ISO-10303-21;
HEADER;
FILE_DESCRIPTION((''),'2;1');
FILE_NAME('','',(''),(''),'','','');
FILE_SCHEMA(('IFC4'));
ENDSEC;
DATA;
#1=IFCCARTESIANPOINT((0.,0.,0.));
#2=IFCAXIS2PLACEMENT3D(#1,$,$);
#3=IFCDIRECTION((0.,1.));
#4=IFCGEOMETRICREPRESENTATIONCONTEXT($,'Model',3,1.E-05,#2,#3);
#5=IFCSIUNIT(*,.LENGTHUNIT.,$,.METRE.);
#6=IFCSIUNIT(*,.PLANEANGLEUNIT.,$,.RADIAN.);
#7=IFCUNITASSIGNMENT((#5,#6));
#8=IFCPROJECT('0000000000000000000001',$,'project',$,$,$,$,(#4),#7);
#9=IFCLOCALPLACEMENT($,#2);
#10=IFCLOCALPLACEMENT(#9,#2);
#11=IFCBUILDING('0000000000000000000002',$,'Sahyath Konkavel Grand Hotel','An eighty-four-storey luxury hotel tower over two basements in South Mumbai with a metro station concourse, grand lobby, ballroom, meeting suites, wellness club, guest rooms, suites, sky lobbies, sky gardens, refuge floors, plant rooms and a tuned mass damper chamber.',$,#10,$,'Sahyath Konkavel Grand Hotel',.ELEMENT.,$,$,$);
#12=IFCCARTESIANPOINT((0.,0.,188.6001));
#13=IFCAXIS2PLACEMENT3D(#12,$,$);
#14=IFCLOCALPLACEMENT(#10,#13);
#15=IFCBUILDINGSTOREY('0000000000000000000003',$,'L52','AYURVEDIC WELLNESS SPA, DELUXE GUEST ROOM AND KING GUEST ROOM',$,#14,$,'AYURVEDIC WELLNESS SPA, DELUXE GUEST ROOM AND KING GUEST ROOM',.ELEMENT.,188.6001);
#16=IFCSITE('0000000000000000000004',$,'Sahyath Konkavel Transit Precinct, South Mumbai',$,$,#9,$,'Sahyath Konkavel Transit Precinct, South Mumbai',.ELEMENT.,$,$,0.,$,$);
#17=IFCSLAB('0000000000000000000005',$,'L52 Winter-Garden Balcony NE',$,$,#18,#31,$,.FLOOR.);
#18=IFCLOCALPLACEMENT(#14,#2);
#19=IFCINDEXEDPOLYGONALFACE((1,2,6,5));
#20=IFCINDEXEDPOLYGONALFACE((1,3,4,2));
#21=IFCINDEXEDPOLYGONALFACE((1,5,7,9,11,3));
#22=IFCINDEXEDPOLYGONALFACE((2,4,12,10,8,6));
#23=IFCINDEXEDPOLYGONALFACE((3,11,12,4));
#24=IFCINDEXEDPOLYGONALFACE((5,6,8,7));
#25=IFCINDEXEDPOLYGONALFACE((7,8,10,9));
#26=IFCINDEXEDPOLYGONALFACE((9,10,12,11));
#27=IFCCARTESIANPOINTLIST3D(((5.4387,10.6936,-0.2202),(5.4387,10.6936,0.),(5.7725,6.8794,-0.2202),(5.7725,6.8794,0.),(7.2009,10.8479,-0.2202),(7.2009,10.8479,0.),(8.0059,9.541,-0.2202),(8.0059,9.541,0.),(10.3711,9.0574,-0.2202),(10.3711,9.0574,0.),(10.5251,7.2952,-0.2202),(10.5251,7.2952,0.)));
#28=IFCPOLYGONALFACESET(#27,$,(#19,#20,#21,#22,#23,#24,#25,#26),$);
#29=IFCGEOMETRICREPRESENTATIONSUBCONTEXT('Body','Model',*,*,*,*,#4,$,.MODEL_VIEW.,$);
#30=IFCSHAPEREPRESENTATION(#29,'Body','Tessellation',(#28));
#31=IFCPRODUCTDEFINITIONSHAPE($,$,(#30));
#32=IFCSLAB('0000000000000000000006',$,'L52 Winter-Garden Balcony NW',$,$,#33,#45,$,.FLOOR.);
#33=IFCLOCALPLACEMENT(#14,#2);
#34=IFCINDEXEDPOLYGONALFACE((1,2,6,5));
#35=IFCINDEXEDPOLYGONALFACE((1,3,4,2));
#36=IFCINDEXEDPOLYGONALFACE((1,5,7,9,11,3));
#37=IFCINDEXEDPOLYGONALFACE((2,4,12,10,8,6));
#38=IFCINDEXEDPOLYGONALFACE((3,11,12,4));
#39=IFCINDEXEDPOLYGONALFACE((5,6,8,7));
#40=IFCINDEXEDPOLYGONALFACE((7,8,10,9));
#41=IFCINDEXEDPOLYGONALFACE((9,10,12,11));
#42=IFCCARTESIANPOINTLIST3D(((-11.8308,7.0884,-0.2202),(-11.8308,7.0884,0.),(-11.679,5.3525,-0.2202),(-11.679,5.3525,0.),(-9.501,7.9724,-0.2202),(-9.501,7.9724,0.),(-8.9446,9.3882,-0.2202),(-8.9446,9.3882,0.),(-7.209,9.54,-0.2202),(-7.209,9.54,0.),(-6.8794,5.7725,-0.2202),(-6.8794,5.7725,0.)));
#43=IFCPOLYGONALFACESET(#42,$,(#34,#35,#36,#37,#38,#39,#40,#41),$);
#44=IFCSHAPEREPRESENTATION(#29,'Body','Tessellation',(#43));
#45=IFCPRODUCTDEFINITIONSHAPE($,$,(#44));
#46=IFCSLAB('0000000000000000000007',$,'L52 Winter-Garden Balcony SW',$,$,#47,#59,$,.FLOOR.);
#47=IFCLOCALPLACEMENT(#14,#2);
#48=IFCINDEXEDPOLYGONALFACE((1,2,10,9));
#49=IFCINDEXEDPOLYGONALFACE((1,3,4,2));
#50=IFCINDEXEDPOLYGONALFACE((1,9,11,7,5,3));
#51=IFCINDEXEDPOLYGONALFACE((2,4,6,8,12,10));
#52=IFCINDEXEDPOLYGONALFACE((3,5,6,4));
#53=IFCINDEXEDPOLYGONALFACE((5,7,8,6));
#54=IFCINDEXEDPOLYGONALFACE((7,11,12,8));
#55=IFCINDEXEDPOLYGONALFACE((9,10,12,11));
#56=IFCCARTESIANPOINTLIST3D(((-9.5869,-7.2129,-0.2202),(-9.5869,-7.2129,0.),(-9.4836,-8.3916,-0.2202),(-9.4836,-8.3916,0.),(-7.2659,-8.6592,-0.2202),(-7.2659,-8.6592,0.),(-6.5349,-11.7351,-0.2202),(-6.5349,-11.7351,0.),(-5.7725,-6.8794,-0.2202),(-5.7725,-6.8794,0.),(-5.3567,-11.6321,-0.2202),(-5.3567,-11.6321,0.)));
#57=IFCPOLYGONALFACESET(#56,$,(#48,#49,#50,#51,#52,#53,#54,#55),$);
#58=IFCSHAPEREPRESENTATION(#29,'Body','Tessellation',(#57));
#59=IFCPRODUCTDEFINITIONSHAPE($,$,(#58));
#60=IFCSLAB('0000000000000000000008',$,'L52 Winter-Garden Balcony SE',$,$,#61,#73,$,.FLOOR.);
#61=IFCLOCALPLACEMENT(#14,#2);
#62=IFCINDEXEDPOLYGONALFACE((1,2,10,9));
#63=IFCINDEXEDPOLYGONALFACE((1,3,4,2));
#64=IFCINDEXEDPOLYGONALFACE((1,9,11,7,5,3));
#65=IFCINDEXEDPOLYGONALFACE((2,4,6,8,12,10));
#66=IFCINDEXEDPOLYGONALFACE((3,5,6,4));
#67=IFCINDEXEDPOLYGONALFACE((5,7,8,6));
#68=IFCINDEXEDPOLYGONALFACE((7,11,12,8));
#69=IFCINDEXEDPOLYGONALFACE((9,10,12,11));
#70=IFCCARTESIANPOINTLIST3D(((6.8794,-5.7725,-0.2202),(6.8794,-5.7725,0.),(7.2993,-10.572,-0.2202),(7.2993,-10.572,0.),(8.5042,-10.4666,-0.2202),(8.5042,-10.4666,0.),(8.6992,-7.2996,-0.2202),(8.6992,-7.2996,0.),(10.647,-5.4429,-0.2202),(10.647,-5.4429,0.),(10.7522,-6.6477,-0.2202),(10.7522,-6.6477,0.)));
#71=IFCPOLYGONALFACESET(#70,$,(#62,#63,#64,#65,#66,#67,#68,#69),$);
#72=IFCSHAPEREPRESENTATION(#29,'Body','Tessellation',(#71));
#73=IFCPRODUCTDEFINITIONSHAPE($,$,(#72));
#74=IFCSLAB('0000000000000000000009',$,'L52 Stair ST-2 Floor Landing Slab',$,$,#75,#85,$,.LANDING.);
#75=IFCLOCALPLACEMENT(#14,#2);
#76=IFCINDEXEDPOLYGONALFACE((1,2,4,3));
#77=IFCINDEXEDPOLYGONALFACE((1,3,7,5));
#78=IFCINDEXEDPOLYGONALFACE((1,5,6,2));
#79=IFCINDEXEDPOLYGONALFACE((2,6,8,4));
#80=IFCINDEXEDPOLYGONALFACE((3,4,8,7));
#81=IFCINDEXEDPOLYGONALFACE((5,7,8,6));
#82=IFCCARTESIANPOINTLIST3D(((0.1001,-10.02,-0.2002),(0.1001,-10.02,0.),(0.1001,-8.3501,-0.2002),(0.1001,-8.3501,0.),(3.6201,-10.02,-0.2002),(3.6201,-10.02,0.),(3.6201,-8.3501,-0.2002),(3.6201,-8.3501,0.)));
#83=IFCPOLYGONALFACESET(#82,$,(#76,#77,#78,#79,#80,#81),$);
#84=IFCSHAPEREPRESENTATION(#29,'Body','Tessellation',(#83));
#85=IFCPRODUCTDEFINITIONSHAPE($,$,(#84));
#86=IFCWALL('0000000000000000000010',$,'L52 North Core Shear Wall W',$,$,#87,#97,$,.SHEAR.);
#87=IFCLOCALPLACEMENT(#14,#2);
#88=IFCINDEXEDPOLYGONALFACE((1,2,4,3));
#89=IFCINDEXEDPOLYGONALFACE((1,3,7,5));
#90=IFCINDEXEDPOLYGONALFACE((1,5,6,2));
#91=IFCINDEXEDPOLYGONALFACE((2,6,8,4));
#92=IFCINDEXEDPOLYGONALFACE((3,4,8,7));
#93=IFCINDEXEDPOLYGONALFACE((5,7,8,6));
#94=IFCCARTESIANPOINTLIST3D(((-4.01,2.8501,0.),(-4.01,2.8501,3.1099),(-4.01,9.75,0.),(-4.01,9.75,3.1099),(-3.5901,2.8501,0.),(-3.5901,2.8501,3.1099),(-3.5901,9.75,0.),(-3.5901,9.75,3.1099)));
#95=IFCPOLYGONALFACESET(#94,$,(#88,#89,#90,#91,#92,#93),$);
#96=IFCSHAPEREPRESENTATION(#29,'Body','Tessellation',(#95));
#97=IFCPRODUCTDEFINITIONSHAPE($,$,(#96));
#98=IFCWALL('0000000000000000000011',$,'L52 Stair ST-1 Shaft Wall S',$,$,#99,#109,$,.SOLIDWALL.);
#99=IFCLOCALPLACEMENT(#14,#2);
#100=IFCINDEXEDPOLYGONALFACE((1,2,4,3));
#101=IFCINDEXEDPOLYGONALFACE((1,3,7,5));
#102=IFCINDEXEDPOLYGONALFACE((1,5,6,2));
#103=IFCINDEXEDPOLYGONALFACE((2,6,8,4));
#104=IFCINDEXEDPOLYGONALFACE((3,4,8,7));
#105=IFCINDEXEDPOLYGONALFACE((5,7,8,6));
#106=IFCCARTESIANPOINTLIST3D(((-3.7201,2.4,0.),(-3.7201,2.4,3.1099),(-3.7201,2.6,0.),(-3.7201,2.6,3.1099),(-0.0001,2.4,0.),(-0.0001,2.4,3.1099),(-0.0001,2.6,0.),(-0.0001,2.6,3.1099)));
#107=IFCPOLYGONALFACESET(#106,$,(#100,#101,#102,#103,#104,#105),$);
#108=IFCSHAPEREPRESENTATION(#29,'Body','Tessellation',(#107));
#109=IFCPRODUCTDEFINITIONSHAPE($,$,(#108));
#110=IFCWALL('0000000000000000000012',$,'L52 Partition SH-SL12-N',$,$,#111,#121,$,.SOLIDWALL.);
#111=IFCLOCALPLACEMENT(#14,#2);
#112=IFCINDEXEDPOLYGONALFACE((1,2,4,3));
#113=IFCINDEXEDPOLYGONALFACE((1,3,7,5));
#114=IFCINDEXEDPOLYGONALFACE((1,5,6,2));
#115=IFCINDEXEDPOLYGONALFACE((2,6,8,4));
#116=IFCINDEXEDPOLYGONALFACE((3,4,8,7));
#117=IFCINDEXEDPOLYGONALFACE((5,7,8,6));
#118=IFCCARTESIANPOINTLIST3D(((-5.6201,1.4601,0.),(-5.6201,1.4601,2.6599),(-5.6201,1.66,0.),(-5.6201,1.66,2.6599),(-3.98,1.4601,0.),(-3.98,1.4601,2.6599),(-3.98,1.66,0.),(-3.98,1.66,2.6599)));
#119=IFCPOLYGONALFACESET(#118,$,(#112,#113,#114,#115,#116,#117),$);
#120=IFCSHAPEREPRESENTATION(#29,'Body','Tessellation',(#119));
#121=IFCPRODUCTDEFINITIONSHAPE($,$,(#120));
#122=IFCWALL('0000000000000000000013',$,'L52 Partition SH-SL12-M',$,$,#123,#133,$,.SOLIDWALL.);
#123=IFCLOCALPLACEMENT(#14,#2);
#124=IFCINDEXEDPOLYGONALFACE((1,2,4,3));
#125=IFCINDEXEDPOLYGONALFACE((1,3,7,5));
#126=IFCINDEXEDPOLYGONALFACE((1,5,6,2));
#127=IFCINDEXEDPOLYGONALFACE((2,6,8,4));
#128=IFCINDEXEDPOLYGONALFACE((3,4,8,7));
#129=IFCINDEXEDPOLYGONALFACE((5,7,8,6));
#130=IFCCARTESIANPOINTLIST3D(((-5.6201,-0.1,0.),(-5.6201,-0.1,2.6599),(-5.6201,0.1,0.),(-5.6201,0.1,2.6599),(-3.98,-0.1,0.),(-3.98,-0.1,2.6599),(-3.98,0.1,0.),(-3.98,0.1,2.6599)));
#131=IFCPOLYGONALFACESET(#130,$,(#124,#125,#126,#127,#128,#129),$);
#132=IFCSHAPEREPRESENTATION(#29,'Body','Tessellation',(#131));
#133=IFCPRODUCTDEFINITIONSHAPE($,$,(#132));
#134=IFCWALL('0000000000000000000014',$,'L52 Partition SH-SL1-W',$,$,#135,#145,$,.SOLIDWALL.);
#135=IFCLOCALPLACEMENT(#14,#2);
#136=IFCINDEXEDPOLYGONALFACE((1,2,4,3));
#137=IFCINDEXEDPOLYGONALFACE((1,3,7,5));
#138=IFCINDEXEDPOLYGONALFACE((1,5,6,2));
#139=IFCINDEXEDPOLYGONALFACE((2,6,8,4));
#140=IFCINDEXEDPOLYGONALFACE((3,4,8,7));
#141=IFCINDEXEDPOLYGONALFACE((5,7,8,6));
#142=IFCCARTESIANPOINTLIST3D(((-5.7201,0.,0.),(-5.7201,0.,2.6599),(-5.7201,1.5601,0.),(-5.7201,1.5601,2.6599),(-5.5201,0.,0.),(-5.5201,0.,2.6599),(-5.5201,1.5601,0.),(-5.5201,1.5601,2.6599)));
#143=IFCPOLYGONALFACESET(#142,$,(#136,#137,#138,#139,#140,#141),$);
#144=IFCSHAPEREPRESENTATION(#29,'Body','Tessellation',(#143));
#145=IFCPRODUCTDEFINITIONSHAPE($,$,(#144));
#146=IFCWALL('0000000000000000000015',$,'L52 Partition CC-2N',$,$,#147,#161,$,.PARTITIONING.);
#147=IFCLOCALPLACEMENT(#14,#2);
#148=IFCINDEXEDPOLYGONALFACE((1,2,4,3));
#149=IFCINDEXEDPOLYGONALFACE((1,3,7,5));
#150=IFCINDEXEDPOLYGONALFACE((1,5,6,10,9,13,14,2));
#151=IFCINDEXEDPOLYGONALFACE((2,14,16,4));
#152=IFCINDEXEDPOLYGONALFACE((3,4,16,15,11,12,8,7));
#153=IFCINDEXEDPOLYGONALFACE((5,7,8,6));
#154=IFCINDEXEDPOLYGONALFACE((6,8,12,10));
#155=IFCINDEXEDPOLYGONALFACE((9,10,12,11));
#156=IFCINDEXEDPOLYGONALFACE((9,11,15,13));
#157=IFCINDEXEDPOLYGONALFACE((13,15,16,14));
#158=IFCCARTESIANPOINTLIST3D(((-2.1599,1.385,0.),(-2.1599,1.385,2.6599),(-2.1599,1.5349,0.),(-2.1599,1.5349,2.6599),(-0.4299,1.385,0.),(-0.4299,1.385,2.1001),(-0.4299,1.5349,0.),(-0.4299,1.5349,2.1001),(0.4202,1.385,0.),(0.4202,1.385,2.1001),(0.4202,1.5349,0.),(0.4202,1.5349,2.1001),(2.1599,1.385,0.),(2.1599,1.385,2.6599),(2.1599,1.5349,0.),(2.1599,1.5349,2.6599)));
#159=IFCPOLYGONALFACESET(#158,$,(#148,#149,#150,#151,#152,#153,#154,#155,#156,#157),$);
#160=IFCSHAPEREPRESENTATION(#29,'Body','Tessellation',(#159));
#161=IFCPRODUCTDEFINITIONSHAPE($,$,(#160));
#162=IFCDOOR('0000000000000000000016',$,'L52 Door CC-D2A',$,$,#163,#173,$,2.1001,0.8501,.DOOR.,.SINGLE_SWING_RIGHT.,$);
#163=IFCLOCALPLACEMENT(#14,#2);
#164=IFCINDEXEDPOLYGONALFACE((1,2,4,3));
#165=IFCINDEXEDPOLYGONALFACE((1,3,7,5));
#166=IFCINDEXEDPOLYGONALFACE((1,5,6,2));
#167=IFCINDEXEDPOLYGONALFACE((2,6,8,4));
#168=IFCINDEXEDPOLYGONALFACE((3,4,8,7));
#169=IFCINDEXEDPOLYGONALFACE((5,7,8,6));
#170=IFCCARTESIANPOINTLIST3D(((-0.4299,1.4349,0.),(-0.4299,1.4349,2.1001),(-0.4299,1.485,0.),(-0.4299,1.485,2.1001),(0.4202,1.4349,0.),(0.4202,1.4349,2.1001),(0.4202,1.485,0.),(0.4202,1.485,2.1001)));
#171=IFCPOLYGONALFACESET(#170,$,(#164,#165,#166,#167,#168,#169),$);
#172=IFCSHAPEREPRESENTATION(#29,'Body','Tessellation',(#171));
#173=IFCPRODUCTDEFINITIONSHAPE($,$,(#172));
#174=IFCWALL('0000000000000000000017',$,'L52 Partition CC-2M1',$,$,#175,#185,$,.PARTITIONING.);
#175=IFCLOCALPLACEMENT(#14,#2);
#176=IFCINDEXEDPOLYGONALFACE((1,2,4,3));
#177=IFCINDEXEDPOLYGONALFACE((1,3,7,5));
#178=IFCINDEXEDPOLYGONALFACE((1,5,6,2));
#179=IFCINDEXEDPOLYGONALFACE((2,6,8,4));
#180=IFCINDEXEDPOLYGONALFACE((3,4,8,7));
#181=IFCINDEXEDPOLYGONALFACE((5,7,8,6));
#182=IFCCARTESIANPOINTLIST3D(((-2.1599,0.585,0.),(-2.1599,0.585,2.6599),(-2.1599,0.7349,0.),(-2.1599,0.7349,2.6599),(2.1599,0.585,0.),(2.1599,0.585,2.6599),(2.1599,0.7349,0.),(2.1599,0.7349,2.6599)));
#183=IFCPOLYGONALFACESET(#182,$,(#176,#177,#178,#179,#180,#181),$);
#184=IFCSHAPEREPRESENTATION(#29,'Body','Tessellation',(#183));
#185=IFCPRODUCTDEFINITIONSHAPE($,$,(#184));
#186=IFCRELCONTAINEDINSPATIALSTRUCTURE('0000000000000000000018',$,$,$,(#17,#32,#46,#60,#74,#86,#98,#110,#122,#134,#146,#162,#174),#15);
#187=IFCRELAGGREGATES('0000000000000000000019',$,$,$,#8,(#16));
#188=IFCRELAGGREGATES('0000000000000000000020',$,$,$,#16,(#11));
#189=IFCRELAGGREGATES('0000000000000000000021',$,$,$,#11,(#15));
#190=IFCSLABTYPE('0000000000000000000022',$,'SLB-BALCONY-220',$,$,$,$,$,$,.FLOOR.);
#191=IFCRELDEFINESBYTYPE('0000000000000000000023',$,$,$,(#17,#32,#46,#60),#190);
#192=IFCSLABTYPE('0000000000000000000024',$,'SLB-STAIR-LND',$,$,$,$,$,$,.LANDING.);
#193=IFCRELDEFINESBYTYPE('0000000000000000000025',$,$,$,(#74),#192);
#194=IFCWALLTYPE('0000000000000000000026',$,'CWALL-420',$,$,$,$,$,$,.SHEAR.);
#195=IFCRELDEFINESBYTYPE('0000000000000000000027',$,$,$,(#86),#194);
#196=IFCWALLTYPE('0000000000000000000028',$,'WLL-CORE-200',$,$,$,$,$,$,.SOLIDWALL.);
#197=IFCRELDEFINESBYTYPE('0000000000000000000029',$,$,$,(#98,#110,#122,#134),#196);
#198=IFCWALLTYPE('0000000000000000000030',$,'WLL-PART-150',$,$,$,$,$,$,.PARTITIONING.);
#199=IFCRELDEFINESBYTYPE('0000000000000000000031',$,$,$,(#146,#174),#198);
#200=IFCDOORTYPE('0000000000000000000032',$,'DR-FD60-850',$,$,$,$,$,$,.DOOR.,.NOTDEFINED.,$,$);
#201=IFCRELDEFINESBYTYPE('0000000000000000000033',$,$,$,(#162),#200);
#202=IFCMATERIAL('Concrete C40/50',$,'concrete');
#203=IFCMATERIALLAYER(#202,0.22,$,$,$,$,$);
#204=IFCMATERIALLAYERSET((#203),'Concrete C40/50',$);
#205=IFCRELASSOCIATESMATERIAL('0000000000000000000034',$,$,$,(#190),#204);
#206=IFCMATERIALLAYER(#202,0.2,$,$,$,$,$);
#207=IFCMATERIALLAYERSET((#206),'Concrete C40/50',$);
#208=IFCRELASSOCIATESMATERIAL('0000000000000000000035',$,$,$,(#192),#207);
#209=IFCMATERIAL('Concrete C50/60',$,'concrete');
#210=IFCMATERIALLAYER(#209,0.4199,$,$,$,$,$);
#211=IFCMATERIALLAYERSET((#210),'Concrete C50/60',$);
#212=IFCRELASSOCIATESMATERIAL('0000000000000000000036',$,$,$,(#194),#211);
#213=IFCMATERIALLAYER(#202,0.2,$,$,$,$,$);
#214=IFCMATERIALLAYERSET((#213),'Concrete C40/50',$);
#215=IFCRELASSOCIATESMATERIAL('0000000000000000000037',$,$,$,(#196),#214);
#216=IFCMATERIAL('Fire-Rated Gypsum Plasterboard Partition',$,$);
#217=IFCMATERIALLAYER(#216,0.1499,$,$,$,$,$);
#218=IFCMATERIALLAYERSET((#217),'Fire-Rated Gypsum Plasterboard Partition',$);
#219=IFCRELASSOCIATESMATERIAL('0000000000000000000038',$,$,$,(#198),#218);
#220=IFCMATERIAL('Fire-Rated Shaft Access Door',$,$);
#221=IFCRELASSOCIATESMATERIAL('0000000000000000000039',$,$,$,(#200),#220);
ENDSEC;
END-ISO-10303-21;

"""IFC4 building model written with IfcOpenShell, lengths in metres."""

from ifc_helpers import new_model, si_unit, direction, frame, frame_2d, origin, origin_2d, place, context, subcontext, project, spatial, polyline, rectangle, outline, extrude, source, transform, mapped, material, layer, layer_set, type_object, element, fill, save


model = new_model("IFC4")

# Units and contexts
model_context = context("Model", 3, precision=1e-05, world=origin(), true_north=direction((0.0, 1.0)))
body_context = subcontext(model_context, "Body", "Model", "MODEL_VIEW")
ifc_project = project(units=[si_unit("LENGTHUNIT", "METRE"), si_unit("PLANEANGLEUNIT", "RADIAN")], contexts=[model_context])

# Site, building, storey
site_placement = place(None, origin())
site = spatial("IfcSite", under=ifc_project, at=site_placement, Name="Sahyath Konkavel Transit Precinct, South Mumbai", LongName="Sahyath Konkavel Transit Precinct, South Mumbai", CompositionType="ELEMENT", RefElevation=0.0)
building_placement = place(site_placement, origin())
building = spatial("IfcBuilding", under=site, at=building_placement, Name="Sahyath Konkavel Grand Hotel", Description="An eighty-four-storey luxury hotel tower over two basements in South Mumbai with a metro station concourse, grand lobby, ballroom, meeting suites, wellness club, guest rooms, suites, sky lobbies, sky gardens, refuge floors, plant rooms and a tuned mass damper chamber.", LongName="Sahyath Konkavel Grand Hotel", CompositionType="ELEMENT")
storey_placement = place(building_placement, frame((0.0, 0.0, 188.6001)))
storey = spatial("IfcBuildingStorey", under=building, at=storey_placement, Name="L52", Description="AYURVEDIC WELLNESS SPA, DELUXE GUEST ROOM AND KING GUEST ROOM", LongName="AYURVEDIC WELLNESS SPA, DELUXE GUEST ROOM AND KING GUEST ROOM", CompositionType="ELEMENT", Elevation=188.6001)

# Shared definitions
ifc_material_1 = material(Name="Concrete C50/60", Category="concrete")

# Slabs
ifc_material_2 = material(Name="Concrete C40/50", Category="concrete")
ifc_layer_1 = layer(ifc_material_2, 0.22)
ifc_layer_set_1 = layer_set([ifc_layer_1], Name="Concrete C40/50")
slab_type_1 = type_object("IfcSlabType", Name="SLB-BALCONY-220", PredefinedType="FLOOR", material=ifc_layer_set_1)
slab_1_placement = place(storey_placement, frame((0.0, 0.0, -0.2202)))
element("IfcSlab", 1, at=slab_1_placement, inside=storey, type_object=slab_type_1, Name="L52 Winter-Garden Balcony NE", PredefinedType="FLOOR", context=body_context, shape_type="SweptSolid", body=[
    extrude(outline(polyline([(5.7725, 6.8794), (10.5251, 7.2952), (10.3711, 9.0574), (8.0059, 9.541), (7.2009, 10.8479), (5.4387, 10.6936), (5.7725, 6.8794)])), origin(), (0.0, 0.0, 1.0), 0.2202),
])
slab_2_placement = place(storey_placement, frame((0.0, 0.0, -0.2202)))
element("IfcSlab", 2, at=slab_2_placement, inside=storey, type_object=slab_type_1, Name="L52 Winter-Garden Balcony NW", PredefinedType="FLOOR", context=body_context, shape_type="SweptSolid", body=[
    extrude(outline(polyline([(-6.8794, 5.7725), (-7.209, 9.54), (-8.9446, 9.3882), (-9.501, 7.9724), (-11.8308, 7.0884), (-11.679, 5.3525), (-6.8794, 5.7725)])), origin(), (0.0, 0.0, 1.0), 0.2202),
])
slab_3_placement = place(storey_placement, frame((0.0, 0.0, -0.2202)))
element("IfcSlab", 3, at=slab_3_placement, inside=storey, type_object=slab_type_1, Name="L52 Winter-Garden Balcony SW", PredefinedType="FLOOR", context=body_context, shape_type="SweptSolid", body=[
    extrude(outline(polyline([(-5.7725, -6.8794), (-9.5869, -7.2129), (-9.4836, -8.3916), (-7.2659, -8.6592), (-6.5349, -11.7351), (-5.3567, -11.6321), (-5.7725, -6.8794)])), origin(), (0.0, 0.0, 1.0), 0.2202),
])
slab_4_placement = place(storey_placement, frame((0.0, 0.0, -0.2202)))
element("IfcSlab", 4, at=slab_4_placement, inside=storey, type_object=slab_type_1, Name="L52 Winter-Garden Balcony SE", PredefinedType="FLOOR", context=body_context, shape_type="SweptSolid", body=[
    extrude(outline(polyline([(6.8794, -5.7725), (7.2993, -10.572), (8.5042, -10.4666), (8.6992, -7.2996), (10.7522, -6.6477), (10.647, -5.4429), (6.8794, -5.7725)])), origin(), (0.0, 0.0, 1.0), 0.2202),
])
ifc_layer_2 = layer(ifc_material_2, 0.2)
ifc_layer_set_2 = layer_set([ifc_layer_2], Name="Concrete C40/50")
slab_type_2 = type_object("IfcSlabType", Name="SLB-STAIR-LND", PredefinedType="LANDING", material=ifc_layer_set_2)
slab_5_placement = place(storey_placement, frame((0.0, 0.0, -0.2002)))
element("IfcSlab", 5, at=slab_5_placement, inside=storey, type_object=slab_type_2, Name="L52 Stair ST-2 Floor Landing Slab", PredefinedType="LANDING", context=body_context, shape_type="SweptSolid", body=[
    extrude(outline(polyline([(0.1001, -10.02), (3.6201, -10.02), (3.6201, -8.3501), (0.1001, -8.3501), (0.1001, -10.02)])), origin(), (0.0, 0.0, 1.0), 0.2002),
])

# Walls
ifc_layer_3 = layer(ifc_material_1, 0.4199)
ifc_layer_set_3 = layer_set([ifc_layer_3], Name="Concrete C50/60")
wall_type_1 = type_object("IfcWallType", Name="CWALL-420", PredefinedType="SHEAR", material=ifc_layer_set_3)
wall_1_placement = place(storey_placement, frame((-3.8, 2.8501, 0.0), z_axis=(0.0, 0.0, 1.0), x_axis=(0.0, 1.0, 0.0)))
element("IfcWall", 6, at=wall_1_placement, inside=storey, type_object=wall_type_1, Name="L52 North Core Shear Wall W", PredefinedType="SHEAR", context=body_context, shape_type="SweptSolid", body=[
    extrude(rectangle(XDim=6.8999, YDim=0.4199, at=frame_2d((3.45, 0.0))), origin(), (0.0, 0.0, 1.0), 3.1099),
])
ifc_layer_4 = layer(ifc_material_2, 0.2)
ifc_layer_set_4 = layer_set([ifc_layer_4], Name="Concrete C40/50")
wall_type_2 = type_object("IfcWallType", Name="WLL-CORE-200", PredefinedType="SOLIDWALL", material=ifc_layer_set_4)
wall_2_placement = place(storey_placement, frame((-3.72, 2.5, 0.0), z_axis=(0.0, 0.0, 1.0), x_axis=(1.0, 0.0, 0.0)))
element("IfcWall", 7, at=wall_2_placement, inside=storey, type_object=wall_type_2, Name="L52 Stair ST-1 Shaft Wall S", PredefinedType="SOLIDWALL", context=body_context, shape_type="SweptSolid", body=[
    extrude(rectangle(XDim=3.72, YDim=0.2, at=frame_2d((1.8599, 0.0))), origin(), (0.0, 0.0, 1.0), 3.1099),
])
for number, where, z_axis, x_axis, name in (
    (8, (-5.6201, 1.5601, 0.0), (0.0, 0.0, 1.0), (1.0, 0.0, 0.0), "L52 Partition SH-SL12-N"),
    (9, (-5.6201, 0.0, 0.0), (0.0, 0.0, 1.0), (1.0, 0.0, 0.0), "L52 Partition SH-SL12-M"),
):
    element("IfcWall", number, at=place(storey_placement, frame(where, z_axis=z_axis, x_axis=x_axis)), inside=storey, type_object=wall_type_2, Name=name, PredefinedType="SOLIDWALL", context=body_context, shape_type="SweptSolid", body=[
        extrude(rectangle(XDim=1.6401, YDim=0.2, at=frame_2d((0.8201, 0.0))), origin(), (0.0, 0.0, 1.0), 2.6599),
    ])
wall_3_placement = place(storey_placement, frame((-5.6201, 0.0, 0.0), z_axis=(0.0, 0.0, 1.0), x_axis=(0.0, 1.0, 0.0)))
element("IfcWall", 10, at=wall_3_placement, inside=storey, type_object=wall_type_2, Name="L52 Partition SH-SL1-W", PredefinedType="SOLIDWALL", context=body_context, shape_type="SweptSolid", body=[
    extrude(rectangle(XDim=1.5601, YDim=0.2, at=frame_2d((0.78, 0.0))), origin(), (0.0, 0.0, 1.0), 2.6599),
])

# Wall, opening, door
ifc_material_3 = material(Name="Fire-Rated Gypsum Plasterboard Partition")
ifc_layer_5 = layer(ifc_material_3, 0.1499)
ifc_layer_set_5 = layer_set([ifc_layer_5], Name="Fire-Rated Gypsum Plasterboard Partition")
wall_type_3 = type_object("IfcWallType", Name="WLL-PART-150", PredefinedType="PARTITIONING", material=ifc_layer_set_5)
wall_4_placement = place(storey_placement, frame((-2.1599, 1.46, 0.0), z_axis=(0.0, 0.0, 1.0), x_axis=(1.0, 0.0, 0.0)))
wall_4 = element("IfcWall", 11, at=wall_4_placement, inside=storey, type_object=wall_type_3, Name="L52 Partition CC-2N", PredefinedType="PARTITIONING", context=body_context, shape_type="SweptSolid", body=[
    extrude(rectangle(XDim=4.3198, YDim=0.1499, at=frame_2d((2.1599, 0.0))), origin(), (0.0, 0.0, 1.0), 2.6599),
])
opening_placement = place(wall_4_placement, frame((1.73, 0.0, 0.0)))
opening = element("IfcOpeningElement", 12, at=opening_placement, cuts=wall_4, PredefinedType="OPENING", context=body_context, shape_type="SweptSolid", body=[
    extrude(rectangle(XDim=0.8501, YDim=2.1001, at=frame_2d((0.425, 1.05))), frame((0.0, 0.085, 0.0), z_axis=(0.0, -1.0, 0.0), x_axis=(1.0, 0.0, 0.0)), (0.0, 0.0, 1.0), 0.1699),
])
ifc_material_4 = material(Name="Fire-Rated Shaft Access Door")
door_type = type_object("IfcDoorType", Name="DR-FD60-850", OperationType="NOTDEFINED", PredefinedType="DOOR", material=ifc_material_4)
shared_shape_1 = source(origin(), body_context, "Body", "SweptSolid", [
    extrude(rectangle(XDim=0.8501, YDim=0.05, at=origin_2d()), origin(), (0.0, 0.0, 1.0), 2.1001),
])
door_placement = place(opening_placement, frame((0.425, 0.0, 0.0)))
door = element("IfcDoor", 13, at=door_placement, inside=storey, type_object=door_type, Name="L52 Door CC-D2A", OperationType="SINGLE_SWING_RIGHT", OverallHeight=2.1001, OverallWidth=0.8501, PredefinedType="DOOR", context=body_context, shape_type="MappedRepresentation", body=[
    mapped(shared_shape_1, transform((0.0, 0.0, 0.0), scale=1.0)),
])
fill(opening, door)

# Wall
wall_5_placement = place(storey_placement, frame((-2.1599, 0.6599, 0.0), z_axis=(0.0, 0.0, 1.0), x_axis=(1.0, 0.0, 0.0)))
element("IfcWall", 14, at=wall_5_placement, inside=storey, type_object=wall_type_3, Name="L52 Partition CC-2M1", PredefinedType="PARTITIONING", context=body_context, shape_type="SweptSolid", body=[
    extrude(rectangle(XDim=4.3198, YDim=0.1499, at=frame_2d((2.1599, 0.0))), origin(), (0.0, 0.0, 1.0), 2.6599),
])

save(model, "model.ifc")
